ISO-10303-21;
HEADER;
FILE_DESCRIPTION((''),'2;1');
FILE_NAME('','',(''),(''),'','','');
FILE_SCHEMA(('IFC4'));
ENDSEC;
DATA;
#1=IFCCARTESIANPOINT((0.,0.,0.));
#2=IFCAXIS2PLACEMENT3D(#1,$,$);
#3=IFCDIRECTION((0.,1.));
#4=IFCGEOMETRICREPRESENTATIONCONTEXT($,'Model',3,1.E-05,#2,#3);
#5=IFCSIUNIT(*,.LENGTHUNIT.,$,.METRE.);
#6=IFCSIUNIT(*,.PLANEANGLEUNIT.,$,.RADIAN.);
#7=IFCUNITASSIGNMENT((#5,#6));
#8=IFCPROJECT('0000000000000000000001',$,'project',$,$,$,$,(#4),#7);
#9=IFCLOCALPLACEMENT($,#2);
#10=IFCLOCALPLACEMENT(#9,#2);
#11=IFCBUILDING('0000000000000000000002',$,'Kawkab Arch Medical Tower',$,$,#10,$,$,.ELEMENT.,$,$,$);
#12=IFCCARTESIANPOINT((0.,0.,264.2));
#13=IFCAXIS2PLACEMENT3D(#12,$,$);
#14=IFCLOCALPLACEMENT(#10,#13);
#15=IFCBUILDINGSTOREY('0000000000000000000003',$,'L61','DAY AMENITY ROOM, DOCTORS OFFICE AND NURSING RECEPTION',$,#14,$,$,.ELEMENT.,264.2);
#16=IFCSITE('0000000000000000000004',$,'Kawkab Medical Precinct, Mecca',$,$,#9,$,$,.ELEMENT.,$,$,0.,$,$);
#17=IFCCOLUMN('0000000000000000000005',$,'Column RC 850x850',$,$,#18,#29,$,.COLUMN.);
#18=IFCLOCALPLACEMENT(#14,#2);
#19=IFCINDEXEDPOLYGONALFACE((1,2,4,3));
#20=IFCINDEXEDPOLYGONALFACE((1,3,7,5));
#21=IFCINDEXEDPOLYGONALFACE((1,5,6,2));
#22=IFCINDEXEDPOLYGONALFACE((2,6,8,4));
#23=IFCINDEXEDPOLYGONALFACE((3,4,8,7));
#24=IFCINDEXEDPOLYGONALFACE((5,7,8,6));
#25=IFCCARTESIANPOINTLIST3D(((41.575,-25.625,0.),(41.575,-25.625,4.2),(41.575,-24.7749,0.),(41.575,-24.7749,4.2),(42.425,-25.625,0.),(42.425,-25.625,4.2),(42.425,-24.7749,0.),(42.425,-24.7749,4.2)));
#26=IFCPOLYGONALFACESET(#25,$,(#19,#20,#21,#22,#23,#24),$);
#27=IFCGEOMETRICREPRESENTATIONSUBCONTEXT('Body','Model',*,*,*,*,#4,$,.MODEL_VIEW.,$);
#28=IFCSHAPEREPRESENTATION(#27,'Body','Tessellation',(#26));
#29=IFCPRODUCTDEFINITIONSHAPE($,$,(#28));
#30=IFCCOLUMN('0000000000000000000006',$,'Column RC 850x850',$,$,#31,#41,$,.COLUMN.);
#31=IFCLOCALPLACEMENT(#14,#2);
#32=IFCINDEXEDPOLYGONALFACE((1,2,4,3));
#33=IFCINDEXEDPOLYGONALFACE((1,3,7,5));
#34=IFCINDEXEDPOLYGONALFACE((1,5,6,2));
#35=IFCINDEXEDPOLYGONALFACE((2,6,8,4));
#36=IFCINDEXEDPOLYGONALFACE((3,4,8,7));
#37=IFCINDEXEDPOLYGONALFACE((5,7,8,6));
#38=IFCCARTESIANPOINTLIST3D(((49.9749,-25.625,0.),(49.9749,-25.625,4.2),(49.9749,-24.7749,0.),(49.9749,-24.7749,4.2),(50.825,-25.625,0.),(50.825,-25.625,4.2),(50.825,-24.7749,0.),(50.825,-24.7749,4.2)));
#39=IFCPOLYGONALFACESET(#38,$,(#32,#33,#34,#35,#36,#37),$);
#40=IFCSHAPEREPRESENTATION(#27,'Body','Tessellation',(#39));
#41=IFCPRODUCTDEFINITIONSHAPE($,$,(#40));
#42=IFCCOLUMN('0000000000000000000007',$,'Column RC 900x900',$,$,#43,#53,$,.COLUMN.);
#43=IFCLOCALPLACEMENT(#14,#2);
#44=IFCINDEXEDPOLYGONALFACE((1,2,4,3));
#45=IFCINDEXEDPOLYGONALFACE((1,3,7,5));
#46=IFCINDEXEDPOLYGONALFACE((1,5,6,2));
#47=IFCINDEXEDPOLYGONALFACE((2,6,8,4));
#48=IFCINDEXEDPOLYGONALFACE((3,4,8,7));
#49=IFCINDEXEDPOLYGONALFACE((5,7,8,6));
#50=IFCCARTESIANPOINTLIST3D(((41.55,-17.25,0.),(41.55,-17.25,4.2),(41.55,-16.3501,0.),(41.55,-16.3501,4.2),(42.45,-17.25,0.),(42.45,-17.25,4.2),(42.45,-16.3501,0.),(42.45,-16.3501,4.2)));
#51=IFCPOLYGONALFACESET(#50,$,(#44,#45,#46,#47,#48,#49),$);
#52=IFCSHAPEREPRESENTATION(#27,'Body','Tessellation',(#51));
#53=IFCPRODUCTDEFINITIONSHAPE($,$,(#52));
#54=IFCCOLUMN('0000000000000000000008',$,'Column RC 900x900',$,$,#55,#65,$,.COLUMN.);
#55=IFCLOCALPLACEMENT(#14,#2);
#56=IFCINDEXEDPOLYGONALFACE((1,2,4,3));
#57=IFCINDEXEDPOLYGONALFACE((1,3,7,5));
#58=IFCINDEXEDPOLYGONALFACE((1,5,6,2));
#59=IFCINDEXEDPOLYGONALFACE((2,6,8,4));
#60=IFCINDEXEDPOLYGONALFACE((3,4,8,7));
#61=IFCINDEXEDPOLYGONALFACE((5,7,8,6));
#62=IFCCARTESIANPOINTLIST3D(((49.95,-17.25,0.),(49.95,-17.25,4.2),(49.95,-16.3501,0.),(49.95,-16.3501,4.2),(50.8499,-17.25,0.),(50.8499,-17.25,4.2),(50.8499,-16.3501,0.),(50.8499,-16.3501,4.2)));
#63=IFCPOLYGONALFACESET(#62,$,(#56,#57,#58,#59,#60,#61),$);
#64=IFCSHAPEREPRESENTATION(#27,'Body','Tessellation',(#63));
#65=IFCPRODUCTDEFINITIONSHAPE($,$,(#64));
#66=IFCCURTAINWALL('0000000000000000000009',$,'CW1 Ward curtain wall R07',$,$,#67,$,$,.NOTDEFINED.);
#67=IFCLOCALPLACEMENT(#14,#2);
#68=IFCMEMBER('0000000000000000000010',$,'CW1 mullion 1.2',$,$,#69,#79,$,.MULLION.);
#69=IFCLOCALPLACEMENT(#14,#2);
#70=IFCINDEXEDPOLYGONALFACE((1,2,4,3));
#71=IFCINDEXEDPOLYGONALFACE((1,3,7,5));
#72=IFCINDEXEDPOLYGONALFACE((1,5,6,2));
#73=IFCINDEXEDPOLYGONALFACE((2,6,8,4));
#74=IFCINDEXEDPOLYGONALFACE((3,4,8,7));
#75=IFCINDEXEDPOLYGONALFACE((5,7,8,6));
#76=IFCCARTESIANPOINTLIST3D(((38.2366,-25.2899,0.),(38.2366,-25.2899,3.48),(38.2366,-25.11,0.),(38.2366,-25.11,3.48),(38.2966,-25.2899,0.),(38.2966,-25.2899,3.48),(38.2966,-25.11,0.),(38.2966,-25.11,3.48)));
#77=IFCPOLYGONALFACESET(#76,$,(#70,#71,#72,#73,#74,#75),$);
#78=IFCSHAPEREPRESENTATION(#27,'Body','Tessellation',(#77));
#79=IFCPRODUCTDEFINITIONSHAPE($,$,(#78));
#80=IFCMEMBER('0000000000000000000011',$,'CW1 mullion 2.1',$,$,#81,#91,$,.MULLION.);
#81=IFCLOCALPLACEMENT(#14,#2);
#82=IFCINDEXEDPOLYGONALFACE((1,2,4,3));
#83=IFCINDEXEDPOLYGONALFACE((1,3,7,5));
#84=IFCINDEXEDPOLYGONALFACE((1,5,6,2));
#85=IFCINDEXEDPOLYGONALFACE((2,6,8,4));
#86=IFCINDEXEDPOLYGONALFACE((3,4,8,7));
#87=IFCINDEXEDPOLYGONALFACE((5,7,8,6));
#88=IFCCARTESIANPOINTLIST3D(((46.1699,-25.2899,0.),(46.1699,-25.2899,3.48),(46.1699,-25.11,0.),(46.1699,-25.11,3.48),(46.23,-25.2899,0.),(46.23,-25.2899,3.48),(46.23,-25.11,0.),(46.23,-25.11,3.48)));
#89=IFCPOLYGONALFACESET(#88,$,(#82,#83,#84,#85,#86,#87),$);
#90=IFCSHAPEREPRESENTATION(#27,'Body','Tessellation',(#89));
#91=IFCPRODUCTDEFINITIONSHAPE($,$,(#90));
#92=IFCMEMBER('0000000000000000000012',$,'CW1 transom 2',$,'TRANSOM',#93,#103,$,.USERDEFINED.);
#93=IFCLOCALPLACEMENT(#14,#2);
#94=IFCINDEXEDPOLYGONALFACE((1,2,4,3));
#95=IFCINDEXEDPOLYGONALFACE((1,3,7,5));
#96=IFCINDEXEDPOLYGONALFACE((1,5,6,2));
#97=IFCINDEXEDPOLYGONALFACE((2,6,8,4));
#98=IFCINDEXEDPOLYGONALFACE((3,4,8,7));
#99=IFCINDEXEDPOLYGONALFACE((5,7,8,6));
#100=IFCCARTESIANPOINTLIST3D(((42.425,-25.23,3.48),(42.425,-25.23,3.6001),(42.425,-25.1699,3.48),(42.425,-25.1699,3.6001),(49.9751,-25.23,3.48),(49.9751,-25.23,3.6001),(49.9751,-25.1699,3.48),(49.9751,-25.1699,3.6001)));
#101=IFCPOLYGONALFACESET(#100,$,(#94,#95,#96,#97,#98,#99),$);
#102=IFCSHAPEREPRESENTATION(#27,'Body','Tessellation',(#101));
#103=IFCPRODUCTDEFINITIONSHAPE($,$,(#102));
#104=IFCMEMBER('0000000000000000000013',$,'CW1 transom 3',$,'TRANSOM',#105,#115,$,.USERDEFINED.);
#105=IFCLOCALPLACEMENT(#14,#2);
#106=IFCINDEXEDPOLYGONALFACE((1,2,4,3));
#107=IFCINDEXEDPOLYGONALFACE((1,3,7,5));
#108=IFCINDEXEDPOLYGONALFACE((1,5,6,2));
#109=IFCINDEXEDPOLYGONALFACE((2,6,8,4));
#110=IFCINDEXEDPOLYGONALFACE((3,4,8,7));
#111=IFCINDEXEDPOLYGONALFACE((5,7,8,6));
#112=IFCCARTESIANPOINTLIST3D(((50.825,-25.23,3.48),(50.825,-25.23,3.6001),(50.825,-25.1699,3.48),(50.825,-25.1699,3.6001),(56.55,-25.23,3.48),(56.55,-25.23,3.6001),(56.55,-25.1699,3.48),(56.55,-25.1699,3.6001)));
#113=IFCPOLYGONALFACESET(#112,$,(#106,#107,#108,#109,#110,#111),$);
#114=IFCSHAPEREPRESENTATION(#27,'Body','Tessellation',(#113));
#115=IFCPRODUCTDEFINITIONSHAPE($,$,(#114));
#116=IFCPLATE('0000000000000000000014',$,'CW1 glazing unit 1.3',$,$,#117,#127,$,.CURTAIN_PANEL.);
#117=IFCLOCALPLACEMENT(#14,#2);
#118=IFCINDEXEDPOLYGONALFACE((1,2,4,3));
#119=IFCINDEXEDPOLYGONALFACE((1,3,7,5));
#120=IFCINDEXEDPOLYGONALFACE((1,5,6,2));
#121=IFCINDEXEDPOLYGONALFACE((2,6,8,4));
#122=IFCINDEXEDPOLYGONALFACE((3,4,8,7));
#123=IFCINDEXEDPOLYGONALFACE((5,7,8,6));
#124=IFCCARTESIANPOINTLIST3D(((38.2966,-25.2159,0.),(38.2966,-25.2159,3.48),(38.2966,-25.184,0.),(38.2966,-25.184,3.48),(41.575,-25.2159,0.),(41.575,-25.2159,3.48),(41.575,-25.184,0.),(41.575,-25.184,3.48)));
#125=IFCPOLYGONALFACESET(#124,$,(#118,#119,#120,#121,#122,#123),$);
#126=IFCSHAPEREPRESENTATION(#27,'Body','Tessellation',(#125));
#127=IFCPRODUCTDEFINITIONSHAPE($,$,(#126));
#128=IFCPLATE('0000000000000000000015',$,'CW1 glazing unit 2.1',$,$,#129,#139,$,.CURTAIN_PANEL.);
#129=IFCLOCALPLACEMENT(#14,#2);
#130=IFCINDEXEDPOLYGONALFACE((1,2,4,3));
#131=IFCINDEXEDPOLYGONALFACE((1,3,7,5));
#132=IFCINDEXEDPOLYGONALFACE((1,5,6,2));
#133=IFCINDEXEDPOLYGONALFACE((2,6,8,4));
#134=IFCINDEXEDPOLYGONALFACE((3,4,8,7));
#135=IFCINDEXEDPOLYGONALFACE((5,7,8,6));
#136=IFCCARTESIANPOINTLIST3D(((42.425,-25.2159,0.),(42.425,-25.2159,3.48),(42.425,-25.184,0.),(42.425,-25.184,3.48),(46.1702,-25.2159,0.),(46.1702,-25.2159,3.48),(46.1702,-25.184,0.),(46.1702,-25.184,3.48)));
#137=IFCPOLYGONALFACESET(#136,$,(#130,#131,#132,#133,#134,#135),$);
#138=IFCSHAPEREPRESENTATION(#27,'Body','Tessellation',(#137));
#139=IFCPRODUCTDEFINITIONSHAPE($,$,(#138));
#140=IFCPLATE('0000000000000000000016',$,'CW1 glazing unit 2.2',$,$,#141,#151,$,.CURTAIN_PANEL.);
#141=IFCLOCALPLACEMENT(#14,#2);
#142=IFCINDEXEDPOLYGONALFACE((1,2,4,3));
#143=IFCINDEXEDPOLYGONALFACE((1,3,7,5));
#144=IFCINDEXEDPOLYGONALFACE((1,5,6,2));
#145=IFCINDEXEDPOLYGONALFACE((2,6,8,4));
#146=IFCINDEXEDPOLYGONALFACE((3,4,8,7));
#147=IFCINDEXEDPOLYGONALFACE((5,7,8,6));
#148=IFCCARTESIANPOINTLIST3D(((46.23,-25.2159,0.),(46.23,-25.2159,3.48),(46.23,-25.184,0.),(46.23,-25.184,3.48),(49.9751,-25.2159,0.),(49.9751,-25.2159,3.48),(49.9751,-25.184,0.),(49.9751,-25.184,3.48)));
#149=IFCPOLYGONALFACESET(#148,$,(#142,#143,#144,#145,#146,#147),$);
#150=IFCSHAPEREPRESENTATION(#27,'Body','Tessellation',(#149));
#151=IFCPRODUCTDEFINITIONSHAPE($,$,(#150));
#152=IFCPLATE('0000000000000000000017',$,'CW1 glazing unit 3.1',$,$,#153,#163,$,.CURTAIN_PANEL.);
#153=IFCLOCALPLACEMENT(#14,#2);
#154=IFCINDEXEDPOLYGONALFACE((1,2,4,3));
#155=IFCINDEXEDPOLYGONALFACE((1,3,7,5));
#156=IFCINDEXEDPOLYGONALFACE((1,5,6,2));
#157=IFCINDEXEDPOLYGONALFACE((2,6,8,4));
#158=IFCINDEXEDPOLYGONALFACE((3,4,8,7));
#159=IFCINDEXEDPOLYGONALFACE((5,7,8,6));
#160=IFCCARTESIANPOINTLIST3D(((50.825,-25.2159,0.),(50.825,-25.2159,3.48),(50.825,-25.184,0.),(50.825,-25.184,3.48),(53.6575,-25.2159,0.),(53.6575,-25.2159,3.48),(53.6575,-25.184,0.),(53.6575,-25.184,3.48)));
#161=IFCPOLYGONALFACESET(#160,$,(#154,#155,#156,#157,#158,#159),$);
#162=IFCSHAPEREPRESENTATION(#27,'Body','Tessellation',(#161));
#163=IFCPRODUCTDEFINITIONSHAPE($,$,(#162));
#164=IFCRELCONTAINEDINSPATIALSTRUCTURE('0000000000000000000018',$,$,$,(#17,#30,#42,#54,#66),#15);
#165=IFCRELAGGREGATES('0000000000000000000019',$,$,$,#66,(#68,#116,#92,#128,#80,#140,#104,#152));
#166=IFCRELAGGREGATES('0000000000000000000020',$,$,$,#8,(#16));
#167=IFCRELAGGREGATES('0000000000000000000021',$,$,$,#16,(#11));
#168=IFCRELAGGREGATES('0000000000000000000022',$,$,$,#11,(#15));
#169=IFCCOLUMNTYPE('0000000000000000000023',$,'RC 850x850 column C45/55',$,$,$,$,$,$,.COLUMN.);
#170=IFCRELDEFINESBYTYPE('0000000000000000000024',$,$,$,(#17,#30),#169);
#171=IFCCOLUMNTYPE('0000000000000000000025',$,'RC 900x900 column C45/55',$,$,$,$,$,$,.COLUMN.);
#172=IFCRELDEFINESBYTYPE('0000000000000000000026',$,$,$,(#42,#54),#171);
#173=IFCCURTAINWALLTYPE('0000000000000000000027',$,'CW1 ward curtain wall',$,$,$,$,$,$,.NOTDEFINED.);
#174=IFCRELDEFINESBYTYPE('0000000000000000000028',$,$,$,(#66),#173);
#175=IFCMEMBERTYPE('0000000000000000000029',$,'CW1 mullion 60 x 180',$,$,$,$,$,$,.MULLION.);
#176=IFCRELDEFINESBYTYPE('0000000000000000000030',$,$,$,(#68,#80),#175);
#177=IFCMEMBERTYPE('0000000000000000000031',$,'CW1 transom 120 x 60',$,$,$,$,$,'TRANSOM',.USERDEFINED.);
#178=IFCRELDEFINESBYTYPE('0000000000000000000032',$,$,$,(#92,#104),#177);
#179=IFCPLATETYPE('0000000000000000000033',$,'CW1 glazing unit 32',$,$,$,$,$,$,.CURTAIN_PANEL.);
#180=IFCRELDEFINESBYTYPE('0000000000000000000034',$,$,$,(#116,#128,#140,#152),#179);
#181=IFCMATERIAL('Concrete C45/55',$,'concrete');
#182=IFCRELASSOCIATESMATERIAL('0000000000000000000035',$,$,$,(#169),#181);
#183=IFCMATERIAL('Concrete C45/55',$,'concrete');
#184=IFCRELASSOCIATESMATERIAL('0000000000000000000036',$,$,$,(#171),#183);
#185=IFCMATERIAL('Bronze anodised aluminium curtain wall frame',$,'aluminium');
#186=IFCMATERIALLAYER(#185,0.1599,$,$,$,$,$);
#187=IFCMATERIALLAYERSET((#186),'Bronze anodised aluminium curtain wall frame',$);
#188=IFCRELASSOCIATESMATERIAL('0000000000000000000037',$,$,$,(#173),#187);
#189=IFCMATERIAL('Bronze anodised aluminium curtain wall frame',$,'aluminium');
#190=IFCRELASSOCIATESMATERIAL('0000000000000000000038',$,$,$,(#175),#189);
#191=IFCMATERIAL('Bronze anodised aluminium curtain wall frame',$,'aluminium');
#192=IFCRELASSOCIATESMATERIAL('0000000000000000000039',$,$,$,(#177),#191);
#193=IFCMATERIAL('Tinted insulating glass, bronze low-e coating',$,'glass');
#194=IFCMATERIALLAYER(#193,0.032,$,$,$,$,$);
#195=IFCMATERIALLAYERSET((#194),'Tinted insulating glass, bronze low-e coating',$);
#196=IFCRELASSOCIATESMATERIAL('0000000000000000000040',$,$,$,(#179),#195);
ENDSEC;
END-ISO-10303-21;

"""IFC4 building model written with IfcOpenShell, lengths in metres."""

from ifc_helpers import new_model, si_unit, direction, frame, origin, origin_2d, place, context, subcontext, project, spatial, rectangle, extrude, material, layer, layer_set, material_profile, profile_set, type_object, element, aggregate, save


model = new_model("IFC4")

# Units and contexts
model_context = context("Model", 3, precision=1e-05, world=origin(), true_north=direction((0.0, 1.0)))
body_context = subcontext(model_context, "Body", "Model", "MODEL_VIEW")
ifc_project = project(units=[si_unit("LENGTHUNIT", "METRE"), si_unit("PLANEANGLEUNIT", "RADIAN")], contexts=[model_context])

# Site, building, storey
site_placement = place(None, origin())
site = spatial("IfcSite", under=ifc_project, at=site_placement, Name="Kawkab Medical Precinct, Mecca", CompositionType="ELEMENT", RefElevation=0.0)
building_placement = place(site_placement, origin())
building = spatial("IfcBuilding", under=site, at=building_placement, Name="Kawkab Arch Medical Tower", CompositionType="ELEMENT")
storey_placement = place(building_placement, frame((0.0, 0.0, 264.2)))
storey = spatial("IfcBuildingStorey", under=building, at=storey_placement, Name="L61", Description="DAY AMENITY ROOM, DOCTORS OFFICE AND NURSING RECEPTION", CompositionType="ELEMENT", Elevation=264.2)

# Columns
ifc_material_1 = material(Name="Concrete C45/55", Category="concrete")
ifc_material_profile_1 = material_profile(ifc_material_1, rectangle(XDim=0.8501, YDim=0.8501, at=origin_2d()), Name="RC 850x850")
ifc_profile_set_1 = profile_set([ifc_material_profile_1], Name="Concrete C45/55")
column_type_1 = type_object("IfcColumnType", Name="RC 850x850 column C45/55", PredefinedType="COLUMN", material=ifc_profile_set_1)
for number, where, z_axis, x_axis, name in (
    (1, (42.0, -25.2, 0.0), (0.0, 0.0, 1.0), (1.0, 0.0, 0.0), "Column RC 850x850"),
    (2, (50.3999, -25.2, 0.0), (0.0, 0.0, 1.0), (1.0, 0.0, 0.0), "Column RC 850x850"),
):
    element("IfcColumn", number, at=place(storey_placement, frame(where, z_axis=z_axis, x_axis=x_axis)), inside=storey, type_object=column_type_1, Name=name, PredefinedType="COLUMN", context=body_context, shape_type="SweptSolid", body=[
        extrude(rectangle(XDim=0.8501, YDim=0.8501, at=origin_2d()), origin(), (0.0, 0.0, 1.0), 4.2),
    ])
ifc_material_2 = material(Name="Concrete C45/55", Category="concrete")
ifc_material_profile_2 = material_profile(ifc_material_2, rectangle(XDim=0.8999, YDim=0.8999, at=origin_2d()), Name="RC 900x900")
ifc_profile_set_2 = profile_set([ifc_material_profile_2], Name="Concrete C45/55")
column_type_2 = type_object("IfcColumnType", Name="RC 900x900 column C45/55", PredefinedType="COLUMN", material=ifc_profile_set_2)
for number, where, z_axis, x_axis, name in (
    (3, (42.0, -16.8, 0.0), (0.0, 0.0, 1.0), (1.0, 0.0, 0.0), "Column RC 900x900"),
    (4, (50.3999, -16.8, 0.0), (0.0, 0.0, 1.0), (1.0, 0.0, 0.0), "Column RC 900x900"),
):
    element("IfcColumn", number, at=place(storey_placement, frame(where, z_axis=z_axis, x_axis=x_axis)), inside=storey, type_object=column_type_2, Name=name, PredefinedType="COLUMN", context=body_context, shape_type="SweptSolid", body=[
        extrude(rectangle(XDim=0.8999, YDim=0.8999, at=origin_2d()), origin(), (0.0, 0.0, 1.0), 4.2),
    ])

# Curtain wall, members, plates
ifc_material_3 = material(Name="Bronze anodised aluminium curtain wall frame", Category="aluminium")
ifc_layer_1 = layer(ifc_material_3, 0.1599)
ifc_layer_set_1 = layer_set([ifc_layer_1], Name="Bronze anodised aluminium curtain wall frame")
curtain_wall_type = type_object("IfcCurtainWallType", Name="CW1 ward curtain wall", PredefinedType="NOTDEFINED", material=ifc_layer_set_1)
curtain_wall_placement = place(storey_placement, origin())
curtain_wall = element("IfcCurtainWall", 5, at=curtain_wall_placement, inside=storey, type_object=curtain_wall_type, Name="CW1 Ward curtain wall R07", PredefinedType="NOTDEFINED")
ifc_material_4 = material(Name="Bronze anodised aluminium curtain wall frame", Category="aluminium")
ifc_material_profile_3 = material_profile(ifc_material_4, rectangle(XDim=0.1799, YDim=0.0601, at=origin_2d()), Name="AL 60x180")
ifc_profile_set_3 = profile_set([ifc_material_profile_3], Name="Bronze anodised aluminium curtain wall frame")
member_type_1 = type_object("IfcMemberType", Name="CW1 mullion 60 x 180", PredefinedType="MULLION", material=ifc_profile_set_3)
member_1_placement = place(storey_placement, frame((38.2666, -25.2, 0.0), z_axis=(0.0, 0.0, 1.0), x_axis=(0.0, 1.0, 0.0)))
member_1 = element("IfcMember", 6, at=member_1_placement, type_object=member_type_1, Name="CW1 mullion 1.2", PredefinedType="MULLION", context=body_context, shape_type="SweptSolid", body=[
    extrude(rectangle(XDim=0.1799, YDim=0.0601, at=origin_2d()), origin(), (0.0, 0.0, 1.0), 3.48),
])
member_2_placement = place(storey_placement, frame((46.2, -25.2, 0.0), z_axis=(0.0, 0.0, 1.0), x_axis=(0.0, 1.0, 0.0)))
member_2 = element("IfcMember", 7, at=member_2_placement, type_object=member_type_1, Name="CW1 mullion 2.1", PredefinedType="MULLION", context=body_context, shape_type="SweptSolid", body=[
    extrude(rectangle(XDim=0.1799, YDim=0.0601, at=origin_2d()), origin(), (0.0, 0.0, 1.0), 3.48),
])
ifc_material_5 = material(Name="Bronze anodised aluminium curtain wall frame", Category="aluminium")
ifc_material_profile_4 = material_profile(ifc_material_5, rectangle(XDim=0.0601, YDim=0.1201, at=origin_2d()), Name="AL 60x120")
ifc_profile_set_4 = profile_set([ifc_material_profile_4], Name="Bronze anodised aluminium curtain wall frame")
member_type_2 = type_object("IfcMemberType", Name="CW1 transom 120 x 60", ElementType="TRANSOM", PredefinedType="USERDEFINED", material=ifc_profile_set_4)
member_3_placement = place(storey_placement, frame((42.425, -25.2, 3.54), z_axis=(1.0, 0.0, 0.0), x_axis=(0.0, 1.0, 0.0)))
member_3 = element("IfcMember", 8, at=member_3_placement, type_object=member_type_2, Name="CW1 transom 2", ObjectType="TRANSOM", PredefinedType="USERDEFINED", context=body_context, shape_type="SweptSolid", body=[
    extrude(rectangle(XDim=0.0601, YDim=0.1201, at=origin_2d()), origin(), (0.0, 0.0, 1.0), 7.55),
])
member_4_placement = place(storey_placement, frame((50.825, -25.2, 3.54), z_axis=(1.0, 0.0, 0.0), x_axis=(0.0, 1.0, 0.0)))
member_4 = element("IfcMember", 9, at=member_4_placement, type_object=member_type_2, Name="CW1 transom 3", ObjectType="TRANSOM", PredefinedType="USERDEFINED", context=body_context, shape_type="SweptSolid", body=[
    extrude(rectangle(XDim=0.0601, YDim=0.1201, at=origin_2d()), origin(), (0.0, 0.0, 1.0), 5.7251),
])
ifc_material_6 = material(Name="Tinted insulating glass, bronze low-e coating", Category="glass")
ifc_layer_2 = layer(ifc_material_6, 0.032)
ifc_layer_set_2 = layer_set([ifc_layer_2], Name="Tinted insulating glass, bronze low-e coating")
plate_type = type_object("IfcPlateType", Name="CW1 glazing unit 32", PredefinedType="CURTAIN_PANEL", material=ifc_layer_set_2)
plate_1_placement = place(storey_placement, frame((39.9358, -25.2, 0.0), z_axis=(0.0, 0.0, 1.0), x_axis=(1.0, 0.0, 0.0)))
plate_1 = element("IfcPlate", 10, at=plate_1_placement, type_object=plate_type, Name="CW1 glazing unit 1.3", PredefinedType="CURTAIN_PANEL", context=body_context, shape_type="SweptSolid", body=[
    extrude(rectangle(XDim=3.2783, YDim=0.032, at=origin_2d()), origin(), (0.0, 0.0, 1.0), 3.48),
])
plate_2_placement = place(storey_placement, frame((44.2976, -25.2, 0.0), z_axis=(0.0, 0.0, 1.0), x_axis=(1.0, 0.0, 0.0)))
plate_2 = element("IfcPlate", 11, at=plate_2_placement, type_object=plate_type, Name="CW1 glazing unit 2.1", PredefinedType="CURTAIN_PANEL", context=body_context, shape_type="SweptSolid", body=[
    extrude(rectangle(XDim=3.7451, YDim=0.032, at=origin_2d()), origin(), (0.0, 0.0, 1.0), 3.48),
])
plate_3_placement = place(storey_placement, frame((48.1025, -25.2, 0.0), z_axis=(0.0, 0.0, 1.0), x_axis=(1.0, 0.0, 0.0)))
plate_3 = element("IfcPlate", 12, at=plate_3_placement, type_object=plate_type, Name="CW1 glazing unit 2.2", PredefinedType="CURTAIN_PANEL", context=body_context, shape_type="SweptSolid", body=[
    extrude(rectangle(XDim=3.7451, YDim=0.032, at=origin_2d()), origin(), (0.0, 0.0, 1.0), 3.48),
])
plate_4_placement = place(storey_placement, frame((52.2412, -25.2, 0.0), z_axis=(0.0, 0.0, 1.0), x_axis=(1.0, 0.0, 0.0)))
plate_4 = element("IfcPlate", 13, at=plate_4_placement, type_object=plate_type, Name="CW1 glazing unit 3.1", PredefinedType="CURTAIN_PANEL", context=body_context, shape_type="SweptSolid", body=[
    extrude(rectangle(XDim=2.8325, YDim=0.032, at=origin_2d()), origin(), (0.0, 0.0, 1.0), 3.48),
])
aggregate(curtain_wall, [member_1, plate_1, member_3, plate_2, member_2, plate_3, member_4, plate_4])

save(model, "model.ifc")
